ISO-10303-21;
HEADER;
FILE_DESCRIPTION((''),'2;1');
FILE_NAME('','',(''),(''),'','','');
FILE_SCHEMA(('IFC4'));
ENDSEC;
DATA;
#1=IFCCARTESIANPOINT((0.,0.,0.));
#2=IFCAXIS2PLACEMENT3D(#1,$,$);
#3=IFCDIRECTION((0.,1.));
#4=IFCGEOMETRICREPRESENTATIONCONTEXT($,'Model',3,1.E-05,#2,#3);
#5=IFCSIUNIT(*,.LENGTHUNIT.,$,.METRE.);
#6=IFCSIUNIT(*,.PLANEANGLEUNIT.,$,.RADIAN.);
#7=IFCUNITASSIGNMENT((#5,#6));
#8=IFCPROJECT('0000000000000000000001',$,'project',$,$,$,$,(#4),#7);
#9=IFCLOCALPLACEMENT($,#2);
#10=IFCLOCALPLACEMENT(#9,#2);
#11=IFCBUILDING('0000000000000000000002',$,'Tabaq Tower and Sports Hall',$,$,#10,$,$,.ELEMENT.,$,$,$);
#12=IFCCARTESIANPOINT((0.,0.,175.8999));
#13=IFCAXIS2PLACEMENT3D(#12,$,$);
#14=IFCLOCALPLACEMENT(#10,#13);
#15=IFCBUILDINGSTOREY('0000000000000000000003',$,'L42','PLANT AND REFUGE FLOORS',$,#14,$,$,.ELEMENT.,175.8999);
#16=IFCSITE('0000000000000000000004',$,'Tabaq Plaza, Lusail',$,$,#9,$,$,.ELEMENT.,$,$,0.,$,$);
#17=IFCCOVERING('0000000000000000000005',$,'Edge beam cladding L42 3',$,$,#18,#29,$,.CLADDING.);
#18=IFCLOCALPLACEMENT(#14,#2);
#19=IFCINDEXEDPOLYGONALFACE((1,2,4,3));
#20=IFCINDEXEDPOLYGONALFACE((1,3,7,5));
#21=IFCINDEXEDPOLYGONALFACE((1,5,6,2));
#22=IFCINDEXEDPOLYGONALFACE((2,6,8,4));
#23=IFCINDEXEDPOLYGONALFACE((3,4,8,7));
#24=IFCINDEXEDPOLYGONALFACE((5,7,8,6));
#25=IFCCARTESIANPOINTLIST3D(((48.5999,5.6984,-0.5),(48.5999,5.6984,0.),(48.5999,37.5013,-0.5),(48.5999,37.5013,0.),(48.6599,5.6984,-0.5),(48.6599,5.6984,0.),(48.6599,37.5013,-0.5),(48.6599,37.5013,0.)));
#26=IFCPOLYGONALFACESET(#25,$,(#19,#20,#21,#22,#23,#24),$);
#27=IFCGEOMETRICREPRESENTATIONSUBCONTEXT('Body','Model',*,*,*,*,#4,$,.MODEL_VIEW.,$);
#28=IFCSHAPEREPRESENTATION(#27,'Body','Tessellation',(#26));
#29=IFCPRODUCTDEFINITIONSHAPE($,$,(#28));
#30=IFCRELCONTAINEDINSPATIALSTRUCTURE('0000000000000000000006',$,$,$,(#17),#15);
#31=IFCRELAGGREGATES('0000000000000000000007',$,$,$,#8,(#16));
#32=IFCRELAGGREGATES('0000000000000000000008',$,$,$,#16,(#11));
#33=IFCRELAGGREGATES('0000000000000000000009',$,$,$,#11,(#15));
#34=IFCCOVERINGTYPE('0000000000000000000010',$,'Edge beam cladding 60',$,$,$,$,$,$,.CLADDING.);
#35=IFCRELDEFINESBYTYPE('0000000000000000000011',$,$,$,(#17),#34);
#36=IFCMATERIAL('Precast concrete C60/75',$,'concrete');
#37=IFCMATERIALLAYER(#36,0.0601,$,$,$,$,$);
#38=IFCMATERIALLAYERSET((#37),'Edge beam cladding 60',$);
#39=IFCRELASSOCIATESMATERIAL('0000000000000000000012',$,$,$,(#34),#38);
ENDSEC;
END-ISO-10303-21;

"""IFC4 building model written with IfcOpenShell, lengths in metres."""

from ifc_helpers import new_model, si_unit, direction, frame, frame_2d, origin, place, context, subcontext, project, spatial, rectangle, extrude, material, layer, layer_set, type_object, element, save


model = new_model("IFC4")

# Units and contexts
model_context = context("Model", 3, precision=1e-05, world=origin(), true_north=direction((0.0, 1.0)))
body_context = subcontext(model_context, "Body", "Model", "MODEL_VIEW")
ifc_project = project(units=[si_unit("LENGTHUNIT", "METRE"), si_unit("PLANEANGLEUNIT", "RADIAN")], contexts=[model_context])

# Site, building, storey
site_placement = place(None, origin())
site = spatial("IfcSite", under=ifc_project, at=site_placement, Name="Tabaq Plaza, Lusail", CompositionType="ELEMENT", RefElevation=0.0)
building_placement = place(site_placement, origin())
building = spatial("IfcBuilding", under=site, at=building_placement, Name="Tabaq Tower and Sports Hall", CompositionType="ELEMENT")
storey_placement = place(building_placement, frame((0.0, 0.0, 175.8999)))
storey = spatial("IfcBuildingStorey", under=building, at=storey_placement, Name="L42", Description="PLANT AND REFUGE FLOORS", CompositionType="ELEMENT", Elevation=175.8999)

# Covering
ifc_material_1 = material(Name="Precast concrete C60/75", Category="concrete")
ifc_layer_1 = layer(ifc_material_1, 0.0601)
ifc_layer_set_1 = layer_set([ifc_layer_1], Name="Edge beam cladding 60")
covering_type_1 = type_object("IfcCoveringType", Name="Edge beam cladding 60", PredefinedType="CLADDING", material=ifc_layer_set_1)
covering_1_placement = place(storey_placement, frame((48.6299, 5.6985, -0.5), z_axis=(0.0, 0.0, 1.0), x_axis=(0.0, 1.0, 0.0)))
element("IfcCovering", 1, at=covering_1_placement, inside=storey, type_object=covering_type_1, Name="Edge beam cladding L42 3", PredefinedType="CLADDING", context=body_context, shape_type="SweptSolid", body=[
    extrude(rectangle(XDim=31.803, YDim=0.0601, at=frame_2d((15.9014, 0.0))), origin(), (0.0, 0.0, 1.0), 0.5),
])

save(model, "model.ifc")
